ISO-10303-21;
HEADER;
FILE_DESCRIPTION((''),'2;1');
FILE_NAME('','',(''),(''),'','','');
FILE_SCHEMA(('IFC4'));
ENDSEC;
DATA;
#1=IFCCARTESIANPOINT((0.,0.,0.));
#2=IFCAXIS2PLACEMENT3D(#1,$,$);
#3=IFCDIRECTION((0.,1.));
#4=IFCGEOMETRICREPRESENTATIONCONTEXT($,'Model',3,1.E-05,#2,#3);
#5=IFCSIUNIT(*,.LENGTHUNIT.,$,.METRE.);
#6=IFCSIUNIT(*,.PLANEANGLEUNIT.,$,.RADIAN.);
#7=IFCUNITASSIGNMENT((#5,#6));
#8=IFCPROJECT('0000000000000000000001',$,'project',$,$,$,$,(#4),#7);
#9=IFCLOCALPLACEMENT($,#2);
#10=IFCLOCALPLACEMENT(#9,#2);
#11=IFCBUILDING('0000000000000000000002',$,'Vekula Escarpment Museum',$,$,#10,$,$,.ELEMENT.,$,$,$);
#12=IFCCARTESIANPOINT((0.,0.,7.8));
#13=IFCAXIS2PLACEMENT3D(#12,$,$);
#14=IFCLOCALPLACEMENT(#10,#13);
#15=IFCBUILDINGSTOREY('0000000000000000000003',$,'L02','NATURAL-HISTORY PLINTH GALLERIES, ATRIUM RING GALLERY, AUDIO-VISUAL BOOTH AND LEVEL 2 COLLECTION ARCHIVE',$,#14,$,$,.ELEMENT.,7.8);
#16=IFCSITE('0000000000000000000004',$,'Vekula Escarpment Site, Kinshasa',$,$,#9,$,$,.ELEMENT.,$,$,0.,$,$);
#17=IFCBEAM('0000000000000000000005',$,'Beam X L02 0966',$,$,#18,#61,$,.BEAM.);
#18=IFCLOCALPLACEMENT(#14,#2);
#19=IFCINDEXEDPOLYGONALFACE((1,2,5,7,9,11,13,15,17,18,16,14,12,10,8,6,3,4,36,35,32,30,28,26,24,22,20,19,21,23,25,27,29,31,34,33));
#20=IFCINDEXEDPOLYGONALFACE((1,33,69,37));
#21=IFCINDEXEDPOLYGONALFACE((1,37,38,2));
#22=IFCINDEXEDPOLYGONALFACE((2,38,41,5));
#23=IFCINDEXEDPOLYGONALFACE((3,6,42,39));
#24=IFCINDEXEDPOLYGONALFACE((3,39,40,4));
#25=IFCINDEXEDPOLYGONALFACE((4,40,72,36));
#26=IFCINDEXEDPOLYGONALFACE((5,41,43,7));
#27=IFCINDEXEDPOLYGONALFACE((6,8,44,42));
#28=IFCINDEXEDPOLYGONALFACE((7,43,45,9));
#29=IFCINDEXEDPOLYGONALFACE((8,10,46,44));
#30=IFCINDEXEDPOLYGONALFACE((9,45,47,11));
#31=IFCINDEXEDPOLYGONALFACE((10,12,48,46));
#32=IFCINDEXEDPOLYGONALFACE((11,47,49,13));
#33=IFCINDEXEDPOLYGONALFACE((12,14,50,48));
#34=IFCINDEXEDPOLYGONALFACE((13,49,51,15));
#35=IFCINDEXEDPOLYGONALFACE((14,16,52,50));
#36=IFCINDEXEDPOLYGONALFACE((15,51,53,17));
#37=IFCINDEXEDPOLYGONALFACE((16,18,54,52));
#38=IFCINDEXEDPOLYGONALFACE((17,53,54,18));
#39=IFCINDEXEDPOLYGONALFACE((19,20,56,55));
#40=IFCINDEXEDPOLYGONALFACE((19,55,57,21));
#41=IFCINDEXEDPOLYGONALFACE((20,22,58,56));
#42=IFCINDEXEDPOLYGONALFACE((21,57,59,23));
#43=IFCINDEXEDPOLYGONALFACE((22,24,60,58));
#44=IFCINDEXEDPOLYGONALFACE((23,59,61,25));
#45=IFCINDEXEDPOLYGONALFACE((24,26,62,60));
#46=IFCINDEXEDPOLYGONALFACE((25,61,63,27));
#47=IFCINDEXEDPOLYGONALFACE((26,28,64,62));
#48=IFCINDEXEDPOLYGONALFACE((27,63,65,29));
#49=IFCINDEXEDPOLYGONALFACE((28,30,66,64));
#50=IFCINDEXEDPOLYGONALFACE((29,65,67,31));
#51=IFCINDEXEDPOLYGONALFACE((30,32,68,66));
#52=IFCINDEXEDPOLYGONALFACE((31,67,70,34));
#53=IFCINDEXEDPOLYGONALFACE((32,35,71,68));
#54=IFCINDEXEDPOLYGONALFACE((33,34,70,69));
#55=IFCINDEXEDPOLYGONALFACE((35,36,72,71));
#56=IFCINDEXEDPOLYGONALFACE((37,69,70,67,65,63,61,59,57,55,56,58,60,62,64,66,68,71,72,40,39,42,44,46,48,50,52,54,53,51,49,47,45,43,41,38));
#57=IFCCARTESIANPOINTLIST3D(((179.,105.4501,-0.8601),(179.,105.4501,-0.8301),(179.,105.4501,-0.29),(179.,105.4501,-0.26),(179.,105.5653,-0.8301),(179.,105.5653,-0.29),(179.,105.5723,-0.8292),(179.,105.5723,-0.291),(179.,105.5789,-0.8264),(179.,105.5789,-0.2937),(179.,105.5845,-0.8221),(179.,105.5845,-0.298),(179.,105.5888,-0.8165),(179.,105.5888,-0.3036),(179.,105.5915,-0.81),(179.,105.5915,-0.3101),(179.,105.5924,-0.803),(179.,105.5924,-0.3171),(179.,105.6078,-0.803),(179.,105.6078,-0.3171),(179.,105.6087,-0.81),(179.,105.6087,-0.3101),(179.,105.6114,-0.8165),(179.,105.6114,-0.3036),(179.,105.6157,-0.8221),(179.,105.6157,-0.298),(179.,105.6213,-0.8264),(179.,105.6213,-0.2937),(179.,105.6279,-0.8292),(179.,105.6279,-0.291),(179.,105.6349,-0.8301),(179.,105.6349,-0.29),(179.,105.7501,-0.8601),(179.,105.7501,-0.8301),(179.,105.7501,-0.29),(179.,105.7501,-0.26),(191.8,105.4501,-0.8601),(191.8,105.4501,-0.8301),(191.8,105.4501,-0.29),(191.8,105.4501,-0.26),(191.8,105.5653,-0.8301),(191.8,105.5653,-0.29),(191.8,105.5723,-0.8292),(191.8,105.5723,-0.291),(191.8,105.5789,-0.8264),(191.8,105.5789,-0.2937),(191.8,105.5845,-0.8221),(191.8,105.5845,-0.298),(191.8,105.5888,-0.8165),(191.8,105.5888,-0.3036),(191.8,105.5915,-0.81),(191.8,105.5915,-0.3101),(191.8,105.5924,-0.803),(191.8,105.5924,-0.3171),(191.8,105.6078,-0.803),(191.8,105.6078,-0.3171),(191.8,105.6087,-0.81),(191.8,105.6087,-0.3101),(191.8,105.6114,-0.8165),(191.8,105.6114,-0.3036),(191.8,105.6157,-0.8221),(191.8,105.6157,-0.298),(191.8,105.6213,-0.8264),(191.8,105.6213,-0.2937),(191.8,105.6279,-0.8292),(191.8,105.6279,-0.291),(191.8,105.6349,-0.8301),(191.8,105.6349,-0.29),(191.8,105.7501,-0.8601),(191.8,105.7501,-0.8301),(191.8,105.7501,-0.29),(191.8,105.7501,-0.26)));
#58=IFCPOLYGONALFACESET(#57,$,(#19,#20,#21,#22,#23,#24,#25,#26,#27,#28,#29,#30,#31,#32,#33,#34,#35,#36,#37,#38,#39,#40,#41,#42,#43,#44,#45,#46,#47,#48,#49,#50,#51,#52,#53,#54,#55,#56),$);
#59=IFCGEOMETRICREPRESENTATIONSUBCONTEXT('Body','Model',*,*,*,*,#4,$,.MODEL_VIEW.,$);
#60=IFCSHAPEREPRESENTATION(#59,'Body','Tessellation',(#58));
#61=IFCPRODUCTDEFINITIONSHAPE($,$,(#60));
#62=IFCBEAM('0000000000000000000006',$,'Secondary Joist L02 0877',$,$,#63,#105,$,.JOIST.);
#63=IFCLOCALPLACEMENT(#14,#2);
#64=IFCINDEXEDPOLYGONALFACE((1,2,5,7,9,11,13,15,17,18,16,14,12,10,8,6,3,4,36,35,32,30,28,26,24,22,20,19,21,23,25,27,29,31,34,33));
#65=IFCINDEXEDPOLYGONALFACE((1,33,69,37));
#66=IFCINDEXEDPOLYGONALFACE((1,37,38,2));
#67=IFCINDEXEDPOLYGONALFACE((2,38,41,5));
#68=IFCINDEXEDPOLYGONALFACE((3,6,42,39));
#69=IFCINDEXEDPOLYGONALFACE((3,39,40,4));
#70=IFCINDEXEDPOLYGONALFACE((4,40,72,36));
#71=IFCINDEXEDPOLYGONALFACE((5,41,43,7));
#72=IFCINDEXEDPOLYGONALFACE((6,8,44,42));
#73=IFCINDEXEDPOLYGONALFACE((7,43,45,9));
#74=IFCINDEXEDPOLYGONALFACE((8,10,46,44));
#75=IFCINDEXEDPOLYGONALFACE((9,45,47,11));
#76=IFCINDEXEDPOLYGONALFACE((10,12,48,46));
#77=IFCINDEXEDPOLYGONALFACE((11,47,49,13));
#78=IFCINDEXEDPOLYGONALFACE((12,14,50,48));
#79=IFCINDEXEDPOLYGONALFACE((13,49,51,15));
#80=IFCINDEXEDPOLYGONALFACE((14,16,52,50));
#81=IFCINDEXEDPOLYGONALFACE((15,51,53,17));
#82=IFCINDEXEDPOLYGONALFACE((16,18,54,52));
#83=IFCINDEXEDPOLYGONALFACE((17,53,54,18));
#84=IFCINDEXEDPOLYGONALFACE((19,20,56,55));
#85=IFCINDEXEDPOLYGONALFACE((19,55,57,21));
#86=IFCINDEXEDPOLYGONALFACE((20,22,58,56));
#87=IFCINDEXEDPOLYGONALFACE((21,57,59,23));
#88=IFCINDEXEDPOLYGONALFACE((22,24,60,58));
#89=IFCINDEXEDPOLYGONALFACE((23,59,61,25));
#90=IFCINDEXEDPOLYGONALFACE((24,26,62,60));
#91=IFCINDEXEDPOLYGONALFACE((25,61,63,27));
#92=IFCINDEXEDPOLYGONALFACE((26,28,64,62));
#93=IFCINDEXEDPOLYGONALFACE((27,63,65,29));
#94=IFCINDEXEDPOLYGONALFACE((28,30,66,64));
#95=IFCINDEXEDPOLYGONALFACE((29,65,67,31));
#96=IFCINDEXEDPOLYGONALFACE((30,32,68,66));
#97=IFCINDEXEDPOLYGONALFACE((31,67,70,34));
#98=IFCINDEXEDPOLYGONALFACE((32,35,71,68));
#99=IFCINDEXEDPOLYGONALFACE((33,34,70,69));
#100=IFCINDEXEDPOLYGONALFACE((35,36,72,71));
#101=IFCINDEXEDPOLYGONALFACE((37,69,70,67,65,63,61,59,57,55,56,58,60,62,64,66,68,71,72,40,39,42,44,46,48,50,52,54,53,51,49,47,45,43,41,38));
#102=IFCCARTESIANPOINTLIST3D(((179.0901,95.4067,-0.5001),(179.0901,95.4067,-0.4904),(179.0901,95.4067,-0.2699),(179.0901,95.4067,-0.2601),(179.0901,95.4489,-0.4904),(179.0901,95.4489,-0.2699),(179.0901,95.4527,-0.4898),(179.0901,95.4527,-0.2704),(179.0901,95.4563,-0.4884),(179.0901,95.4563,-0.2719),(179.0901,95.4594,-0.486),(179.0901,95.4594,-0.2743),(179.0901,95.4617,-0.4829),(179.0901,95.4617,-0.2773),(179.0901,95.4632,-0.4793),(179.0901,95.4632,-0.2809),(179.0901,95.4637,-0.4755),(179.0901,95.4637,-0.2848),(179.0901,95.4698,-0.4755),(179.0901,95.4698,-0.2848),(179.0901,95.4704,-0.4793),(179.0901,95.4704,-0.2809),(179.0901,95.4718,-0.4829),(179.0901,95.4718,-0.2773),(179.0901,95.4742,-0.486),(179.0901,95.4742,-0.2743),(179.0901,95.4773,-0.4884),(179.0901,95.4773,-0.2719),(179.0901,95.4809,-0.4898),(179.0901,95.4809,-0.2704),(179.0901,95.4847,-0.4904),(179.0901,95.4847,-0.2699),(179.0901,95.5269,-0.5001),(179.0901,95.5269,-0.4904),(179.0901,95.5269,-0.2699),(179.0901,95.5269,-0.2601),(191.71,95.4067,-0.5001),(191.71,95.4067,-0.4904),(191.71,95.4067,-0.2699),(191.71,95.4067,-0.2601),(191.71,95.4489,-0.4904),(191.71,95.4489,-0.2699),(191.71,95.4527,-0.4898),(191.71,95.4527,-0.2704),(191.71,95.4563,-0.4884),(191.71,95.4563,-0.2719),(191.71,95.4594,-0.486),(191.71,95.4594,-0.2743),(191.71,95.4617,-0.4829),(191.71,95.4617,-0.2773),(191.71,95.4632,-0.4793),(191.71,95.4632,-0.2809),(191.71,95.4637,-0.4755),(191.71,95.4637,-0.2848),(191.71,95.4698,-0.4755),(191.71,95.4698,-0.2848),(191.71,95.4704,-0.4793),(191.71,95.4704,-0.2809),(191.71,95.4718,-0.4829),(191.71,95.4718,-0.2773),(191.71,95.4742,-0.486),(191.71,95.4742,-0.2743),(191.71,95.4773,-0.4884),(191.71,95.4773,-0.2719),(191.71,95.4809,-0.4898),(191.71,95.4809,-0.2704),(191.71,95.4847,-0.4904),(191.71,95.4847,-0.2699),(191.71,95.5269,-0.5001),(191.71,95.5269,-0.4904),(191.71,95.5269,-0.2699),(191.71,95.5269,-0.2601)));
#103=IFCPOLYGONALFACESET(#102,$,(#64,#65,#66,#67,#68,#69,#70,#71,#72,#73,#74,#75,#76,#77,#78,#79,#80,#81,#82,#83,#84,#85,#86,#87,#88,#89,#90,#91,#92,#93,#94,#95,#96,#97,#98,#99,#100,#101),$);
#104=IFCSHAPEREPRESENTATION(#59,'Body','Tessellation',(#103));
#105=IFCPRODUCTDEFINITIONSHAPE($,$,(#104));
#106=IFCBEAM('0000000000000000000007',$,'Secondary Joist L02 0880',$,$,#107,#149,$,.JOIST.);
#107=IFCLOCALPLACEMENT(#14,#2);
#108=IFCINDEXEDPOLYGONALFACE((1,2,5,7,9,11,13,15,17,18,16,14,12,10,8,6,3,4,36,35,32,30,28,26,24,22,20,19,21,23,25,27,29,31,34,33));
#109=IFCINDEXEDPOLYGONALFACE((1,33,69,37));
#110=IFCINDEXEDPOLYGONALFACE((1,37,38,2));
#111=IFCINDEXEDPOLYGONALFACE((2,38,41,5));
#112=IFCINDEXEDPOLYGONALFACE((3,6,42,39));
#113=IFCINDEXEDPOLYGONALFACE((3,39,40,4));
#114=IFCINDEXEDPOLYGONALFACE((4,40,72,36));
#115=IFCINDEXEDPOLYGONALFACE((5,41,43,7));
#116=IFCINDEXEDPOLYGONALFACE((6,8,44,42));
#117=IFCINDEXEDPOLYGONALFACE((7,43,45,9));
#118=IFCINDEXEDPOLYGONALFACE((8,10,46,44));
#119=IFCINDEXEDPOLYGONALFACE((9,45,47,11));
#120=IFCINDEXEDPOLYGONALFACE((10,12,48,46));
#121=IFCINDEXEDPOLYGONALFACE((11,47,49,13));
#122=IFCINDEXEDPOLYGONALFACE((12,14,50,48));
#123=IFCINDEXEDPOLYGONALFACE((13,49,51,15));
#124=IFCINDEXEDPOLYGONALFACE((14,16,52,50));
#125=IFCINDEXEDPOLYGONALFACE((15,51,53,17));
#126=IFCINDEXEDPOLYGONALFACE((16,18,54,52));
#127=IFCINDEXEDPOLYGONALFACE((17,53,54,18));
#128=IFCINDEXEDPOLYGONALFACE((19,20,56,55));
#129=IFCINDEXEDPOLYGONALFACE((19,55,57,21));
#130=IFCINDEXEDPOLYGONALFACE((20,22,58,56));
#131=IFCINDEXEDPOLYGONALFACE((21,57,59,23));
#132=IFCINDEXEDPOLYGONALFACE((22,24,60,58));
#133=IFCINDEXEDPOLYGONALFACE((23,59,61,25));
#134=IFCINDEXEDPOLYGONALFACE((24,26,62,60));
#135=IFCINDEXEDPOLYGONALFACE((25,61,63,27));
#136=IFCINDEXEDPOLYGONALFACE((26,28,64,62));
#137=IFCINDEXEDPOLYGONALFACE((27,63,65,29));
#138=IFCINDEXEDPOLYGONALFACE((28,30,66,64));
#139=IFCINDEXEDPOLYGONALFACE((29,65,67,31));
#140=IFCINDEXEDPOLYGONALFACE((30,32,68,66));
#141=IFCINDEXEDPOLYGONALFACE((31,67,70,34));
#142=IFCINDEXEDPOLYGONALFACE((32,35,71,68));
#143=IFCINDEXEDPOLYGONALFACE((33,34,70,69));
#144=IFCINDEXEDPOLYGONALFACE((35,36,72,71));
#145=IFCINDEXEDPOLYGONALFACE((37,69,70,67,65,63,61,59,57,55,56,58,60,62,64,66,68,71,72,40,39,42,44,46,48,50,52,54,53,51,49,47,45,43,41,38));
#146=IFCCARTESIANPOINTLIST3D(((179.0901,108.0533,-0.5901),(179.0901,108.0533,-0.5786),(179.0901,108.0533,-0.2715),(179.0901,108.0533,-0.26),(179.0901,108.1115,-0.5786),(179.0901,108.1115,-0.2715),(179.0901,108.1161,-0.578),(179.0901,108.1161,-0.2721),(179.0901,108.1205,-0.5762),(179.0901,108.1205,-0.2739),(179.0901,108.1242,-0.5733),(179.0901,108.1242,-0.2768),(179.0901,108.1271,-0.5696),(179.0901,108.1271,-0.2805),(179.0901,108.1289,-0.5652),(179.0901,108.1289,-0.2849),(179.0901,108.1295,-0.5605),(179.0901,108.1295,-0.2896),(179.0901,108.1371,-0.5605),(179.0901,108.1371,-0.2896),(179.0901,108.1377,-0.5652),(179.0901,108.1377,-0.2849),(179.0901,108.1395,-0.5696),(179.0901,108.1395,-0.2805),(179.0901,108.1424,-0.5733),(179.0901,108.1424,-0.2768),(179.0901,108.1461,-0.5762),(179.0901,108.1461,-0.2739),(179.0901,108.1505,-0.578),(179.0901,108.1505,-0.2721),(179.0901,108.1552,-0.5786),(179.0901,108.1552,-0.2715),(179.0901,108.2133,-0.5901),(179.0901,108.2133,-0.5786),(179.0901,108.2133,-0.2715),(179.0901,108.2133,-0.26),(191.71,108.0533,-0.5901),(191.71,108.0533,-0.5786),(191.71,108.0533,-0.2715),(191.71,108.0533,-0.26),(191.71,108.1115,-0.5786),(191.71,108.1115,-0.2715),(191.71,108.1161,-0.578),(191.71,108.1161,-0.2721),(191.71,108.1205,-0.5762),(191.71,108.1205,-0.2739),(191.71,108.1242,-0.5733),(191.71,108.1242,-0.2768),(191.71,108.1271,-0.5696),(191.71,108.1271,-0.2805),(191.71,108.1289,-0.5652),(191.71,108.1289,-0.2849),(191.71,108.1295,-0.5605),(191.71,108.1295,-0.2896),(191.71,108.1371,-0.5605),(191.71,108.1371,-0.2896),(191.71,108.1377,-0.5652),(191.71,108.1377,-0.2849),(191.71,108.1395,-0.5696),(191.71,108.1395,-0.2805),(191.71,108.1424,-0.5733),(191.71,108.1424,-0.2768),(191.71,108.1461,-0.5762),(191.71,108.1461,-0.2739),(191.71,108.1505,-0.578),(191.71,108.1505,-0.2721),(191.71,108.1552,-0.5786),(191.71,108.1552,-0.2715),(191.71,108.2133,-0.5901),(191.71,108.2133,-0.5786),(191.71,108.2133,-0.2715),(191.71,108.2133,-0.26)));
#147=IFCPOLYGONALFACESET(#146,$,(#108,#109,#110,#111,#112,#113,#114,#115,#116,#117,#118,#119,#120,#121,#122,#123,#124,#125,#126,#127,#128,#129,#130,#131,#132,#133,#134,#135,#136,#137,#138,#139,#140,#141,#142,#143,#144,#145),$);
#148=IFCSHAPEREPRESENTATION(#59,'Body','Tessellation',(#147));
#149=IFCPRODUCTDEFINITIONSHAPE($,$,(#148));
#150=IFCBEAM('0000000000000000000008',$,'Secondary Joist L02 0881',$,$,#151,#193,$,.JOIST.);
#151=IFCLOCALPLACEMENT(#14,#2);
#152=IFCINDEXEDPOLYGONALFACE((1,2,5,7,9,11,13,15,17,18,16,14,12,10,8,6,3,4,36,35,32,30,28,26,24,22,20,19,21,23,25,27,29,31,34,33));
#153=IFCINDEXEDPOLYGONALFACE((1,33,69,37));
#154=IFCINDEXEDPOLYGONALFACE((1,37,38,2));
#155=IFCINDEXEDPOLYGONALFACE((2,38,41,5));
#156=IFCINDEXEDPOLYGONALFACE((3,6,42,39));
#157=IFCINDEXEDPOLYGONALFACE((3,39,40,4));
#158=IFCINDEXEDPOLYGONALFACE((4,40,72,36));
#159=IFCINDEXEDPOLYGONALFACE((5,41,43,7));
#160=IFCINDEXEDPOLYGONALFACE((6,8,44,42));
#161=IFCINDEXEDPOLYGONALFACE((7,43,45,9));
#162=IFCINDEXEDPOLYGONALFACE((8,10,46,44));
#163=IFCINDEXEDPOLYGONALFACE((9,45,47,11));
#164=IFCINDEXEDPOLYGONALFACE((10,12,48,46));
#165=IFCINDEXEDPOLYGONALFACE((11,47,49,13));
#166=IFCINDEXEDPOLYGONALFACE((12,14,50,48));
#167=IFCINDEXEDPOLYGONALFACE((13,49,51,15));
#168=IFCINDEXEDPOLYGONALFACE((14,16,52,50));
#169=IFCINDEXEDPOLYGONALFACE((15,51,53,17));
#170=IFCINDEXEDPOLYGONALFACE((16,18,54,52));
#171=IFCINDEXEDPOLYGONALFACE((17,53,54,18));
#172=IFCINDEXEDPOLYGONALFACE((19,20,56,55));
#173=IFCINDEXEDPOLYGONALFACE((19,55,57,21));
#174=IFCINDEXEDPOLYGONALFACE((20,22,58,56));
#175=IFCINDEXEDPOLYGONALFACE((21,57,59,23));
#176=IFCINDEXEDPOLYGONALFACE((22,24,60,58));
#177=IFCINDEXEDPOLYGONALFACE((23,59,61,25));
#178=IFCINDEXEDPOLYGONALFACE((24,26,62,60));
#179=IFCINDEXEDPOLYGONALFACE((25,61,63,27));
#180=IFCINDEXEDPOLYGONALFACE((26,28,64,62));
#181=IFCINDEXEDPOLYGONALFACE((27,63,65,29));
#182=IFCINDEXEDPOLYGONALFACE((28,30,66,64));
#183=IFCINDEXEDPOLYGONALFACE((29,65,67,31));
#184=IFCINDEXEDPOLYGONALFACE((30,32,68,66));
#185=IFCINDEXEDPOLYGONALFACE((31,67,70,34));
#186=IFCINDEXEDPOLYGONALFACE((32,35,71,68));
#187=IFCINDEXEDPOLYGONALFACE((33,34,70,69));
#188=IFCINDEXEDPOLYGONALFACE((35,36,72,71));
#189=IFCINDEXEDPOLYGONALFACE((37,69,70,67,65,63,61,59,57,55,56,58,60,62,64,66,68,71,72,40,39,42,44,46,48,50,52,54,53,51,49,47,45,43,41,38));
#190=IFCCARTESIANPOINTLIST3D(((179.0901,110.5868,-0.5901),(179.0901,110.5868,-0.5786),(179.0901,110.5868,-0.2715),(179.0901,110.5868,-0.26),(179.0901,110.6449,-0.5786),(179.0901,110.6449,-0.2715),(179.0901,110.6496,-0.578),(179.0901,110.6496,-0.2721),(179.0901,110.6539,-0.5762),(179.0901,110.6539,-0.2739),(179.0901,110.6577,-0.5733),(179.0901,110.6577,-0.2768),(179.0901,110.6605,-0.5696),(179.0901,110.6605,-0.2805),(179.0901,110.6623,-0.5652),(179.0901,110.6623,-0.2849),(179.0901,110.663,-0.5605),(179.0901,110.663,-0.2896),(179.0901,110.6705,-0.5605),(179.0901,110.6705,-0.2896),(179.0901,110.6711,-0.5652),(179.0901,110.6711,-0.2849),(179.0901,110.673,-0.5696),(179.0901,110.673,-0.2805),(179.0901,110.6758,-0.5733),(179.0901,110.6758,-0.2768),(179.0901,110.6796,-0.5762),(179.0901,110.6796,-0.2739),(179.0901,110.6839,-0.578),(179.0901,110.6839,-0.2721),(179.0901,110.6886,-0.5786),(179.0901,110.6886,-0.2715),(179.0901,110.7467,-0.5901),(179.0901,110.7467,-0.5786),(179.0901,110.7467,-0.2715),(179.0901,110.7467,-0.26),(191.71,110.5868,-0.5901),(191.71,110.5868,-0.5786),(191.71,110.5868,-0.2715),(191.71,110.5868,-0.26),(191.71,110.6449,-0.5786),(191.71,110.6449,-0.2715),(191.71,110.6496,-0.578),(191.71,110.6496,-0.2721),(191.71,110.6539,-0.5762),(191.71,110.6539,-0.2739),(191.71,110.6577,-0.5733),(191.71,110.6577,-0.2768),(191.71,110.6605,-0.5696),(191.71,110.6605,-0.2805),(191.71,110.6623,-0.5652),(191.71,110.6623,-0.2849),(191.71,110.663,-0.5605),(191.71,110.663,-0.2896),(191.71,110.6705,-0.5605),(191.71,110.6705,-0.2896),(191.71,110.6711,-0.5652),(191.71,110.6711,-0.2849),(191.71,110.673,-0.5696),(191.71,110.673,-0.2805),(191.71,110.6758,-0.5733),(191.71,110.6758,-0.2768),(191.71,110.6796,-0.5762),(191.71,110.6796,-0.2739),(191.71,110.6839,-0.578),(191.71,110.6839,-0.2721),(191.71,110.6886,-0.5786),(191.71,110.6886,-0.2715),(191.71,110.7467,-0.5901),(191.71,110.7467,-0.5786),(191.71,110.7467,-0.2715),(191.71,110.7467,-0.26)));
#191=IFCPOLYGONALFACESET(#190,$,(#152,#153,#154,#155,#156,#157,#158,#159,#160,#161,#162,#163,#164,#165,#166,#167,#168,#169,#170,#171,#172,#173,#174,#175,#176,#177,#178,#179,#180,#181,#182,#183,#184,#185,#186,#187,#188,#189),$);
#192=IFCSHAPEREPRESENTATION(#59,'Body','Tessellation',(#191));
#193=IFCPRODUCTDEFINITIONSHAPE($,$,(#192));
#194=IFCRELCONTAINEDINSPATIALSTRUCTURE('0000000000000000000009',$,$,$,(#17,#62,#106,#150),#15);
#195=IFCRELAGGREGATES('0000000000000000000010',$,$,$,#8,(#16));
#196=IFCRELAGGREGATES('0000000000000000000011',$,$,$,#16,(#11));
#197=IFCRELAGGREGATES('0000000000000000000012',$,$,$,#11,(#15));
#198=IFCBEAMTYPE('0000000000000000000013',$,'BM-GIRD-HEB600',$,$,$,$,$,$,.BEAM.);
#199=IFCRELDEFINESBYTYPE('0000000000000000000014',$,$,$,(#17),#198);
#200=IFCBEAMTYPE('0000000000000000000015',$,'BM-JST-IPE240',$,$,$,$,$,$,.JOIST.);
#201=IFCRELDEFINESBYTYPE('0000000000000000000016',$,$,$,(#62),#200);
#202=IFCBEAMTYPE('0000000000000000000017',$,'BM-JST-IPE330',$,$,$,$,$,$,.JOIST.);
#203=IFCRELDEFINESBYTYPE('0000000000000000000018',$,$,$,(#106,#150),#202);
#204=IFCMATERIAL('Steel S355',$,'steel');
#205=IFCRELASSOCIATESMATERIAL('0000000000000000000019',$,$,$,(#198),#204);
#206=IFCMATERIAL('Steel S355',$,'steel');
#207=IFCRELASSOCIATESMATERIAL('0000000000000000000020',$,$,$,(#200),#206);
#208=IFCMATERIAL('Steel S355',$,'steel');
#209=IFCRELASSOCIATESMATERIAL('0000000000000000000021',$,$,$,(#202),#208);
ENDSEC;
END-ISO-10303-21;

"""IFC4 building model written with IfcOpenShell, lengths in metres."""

from ifc_helpers import new_model, si_unit, direction, frame, origin, origin_2d, place, context, subcontext, project, spatial, i_section, extrude, material, material_profile, profile_set, type_object, element, save


model = new_model("IFC4")

# Units and contexts
model_context = context("Model", 3, precision=1e-05, world=origin(), true_north=direction((0.0, 1.0)))
body_context = subcontext(model_context, "Body", "Model", "MODEL_VIEW")
ifc_project = project(units=[si_unit("LENGTHUNIT", "METRE"), si_unit("PLANEANGLEUNIT", "RADIAN")], contexts=[model_context])

# Site, building, storey
site_placement = place(None, origin())
site = spatial("IfcSite", under=ifc_project, at=site_placement, Name="Vekula Escarpment Site, Kinshasa", CompositionType="ELEMENT", RefElevation=0.0)
building_placement = place(site_placement, origin())
building = spatial("IfcBuilding", under=site, at=building_placement, Name="Vekula Escarpment Museum", CompositionType="ELEMENT")
storey_placement = place(building_placement, frame((0.0, 0.0, 7.8)))
storey = spatial("IfcBuildingStorey", under=building, at=storey_placement, Name="L02", Description="NATURAL-HISTORY PLINTH GALLERIES, ATRIUM RING GALLERY, AUDIO-VISUAL BOOTH AND LEVEL 2 COLLECTION ARCHIVE", CompositionType="ELEMENT", Elevation=7.8)

# Beams
ifc_material_1 = material(Name="Steel S355", Category="steel")
ifc_material_profile_1 = material_profile(ifc_material_1, i_section(OverallWidth=0.3, OverallDepth=0.6001, WebThickness=0.0154, FlangeThickness=0.03, FilletRadius=0.0271, at=origin_2d()), Name="HEB 600")
ifc_profile_set_1 = profile_set([ifc_material_profile_1], Name="Steel S355")
beam_type_1 = type_object("IfcBeamType", Name="BM-GIRD-HEB600", PredefinedType="BEAM", material=ifc_profile_set_1)
beam_1_placement = place(storey_placement, frame((179.0, 105.6001, -0.5601), z_axis=(1.0, 0.0, 0.0), x_axis=(0.0, 1.0, 0.0)))
element("IfcBeam", 1, at=beam_1_placement, inside=storey, type_object=beam_type_1, Name="Beam X L02 0966", PredefinedType="BEAM", context=body_context, shape_type="SweptSolid", body=[
    extrude(i_section(OverallWidth=0.3, OverallDepth=0.6001, WebThickness=0.0154, FlangeThickness=0.03, FilletRadius=0.0271, at=origin_2d()), origin(), (0.0, 0.0, 1.0), 12.8),
])
ifc_material_2 = material(Name="Steel S355", Category="steel")
ifc_material_profile_2 = material_profile(ifc_material_2, i_section(OverallWidth=0.1201, OverallDepth=0.24, WebThickness=0.0061, FlangeThickness=0.0098, FilletRadius=0.0149, at=origin_2d()), Name="IPE 240")
ifc_profile_set_2 = profile_set([ifc_material_profile_2], Name="Steel S355")
beam_type_2 = type_object("IfcBeamType", Name="BM-JST-IPE240", PredefinedType="JOIST", material=ifc_profile_set_2)
beam_2_placement = place(storey_placement, frame((179.0901, 95.4668, -0.3801), z_axis=(1.0, 0.0, 0.0), x_axis=(0.0, 1.0, 0.0)))
element("IfcBeam", 2, at=beam_2_placement, inside=storey, type_object=beam_type_2, Name="Secondary Joist L02 0877", PredefinedType="JOIST", context=body_context, shape_type="SweptSolid", body=[
    extrude(i_section(OverallWidth=0.1201, OverallDepth=0.24, WebThickness=0.0061, FlangeThickness=0.0098, FilletRadius=0.0149, at=origin_2d()), origin(), (0.0, 0.0, 1.0), 12.6199),
])
ifc_material_3 = material(Name="Steel S355", Category="steel")
ifc_material_profile_3 = material_profile(ifc_material_3, i_section(OverallWidth=0.1599, OverallDepth=0.3301, WebThickness=0.0076, FlangeThickness=0.0115, FilletRadius=0.0181, at=origin_2d()), Name="IPE 330")
ifc_profile_set_3 = profile_set([ifc_material_profile_3], Name="Steel S355")
beam_type_3 = type_object("IfcBeamType", Name="BM-JST-IPE330", PredefinedType="JOIST", material=ifc_profile_set_3)
for number, where, z_axis, x_axis, name in (
    (3, (179.0901, 108.1333, -0.425), (1.0, 0.0, 0.0), (0.0, 1.0, 0.0), "Secondary Joist L02 0880"),
    (4, (179.0901, 110.6667, -0.425), (1.0, 0.0, 0.0), (0.0, 1.0, 0.0), "Secondary Joist L02 0881"),
):
    element("IfcBeam", number, at=place(storey_placement, frame(where, z_axis=z_axis, x_axis=x_axis)), inside=storey, type_object=beam_type_3, Name=name, PredefinedType="JOIST", context=body_context, shape_type="SweptSolid", body=[
        extrude(i_section(OverallWidth=0.1599, OverallDepth=0.3301, WebThickness=0.0076, FlangeThickness=0.0115, FilletRadius=0.0181, at=origin_2d()), origin(), (0.0, 0.0, 1.0), 12.6199),
    ])

save(model, "model.ifc")
